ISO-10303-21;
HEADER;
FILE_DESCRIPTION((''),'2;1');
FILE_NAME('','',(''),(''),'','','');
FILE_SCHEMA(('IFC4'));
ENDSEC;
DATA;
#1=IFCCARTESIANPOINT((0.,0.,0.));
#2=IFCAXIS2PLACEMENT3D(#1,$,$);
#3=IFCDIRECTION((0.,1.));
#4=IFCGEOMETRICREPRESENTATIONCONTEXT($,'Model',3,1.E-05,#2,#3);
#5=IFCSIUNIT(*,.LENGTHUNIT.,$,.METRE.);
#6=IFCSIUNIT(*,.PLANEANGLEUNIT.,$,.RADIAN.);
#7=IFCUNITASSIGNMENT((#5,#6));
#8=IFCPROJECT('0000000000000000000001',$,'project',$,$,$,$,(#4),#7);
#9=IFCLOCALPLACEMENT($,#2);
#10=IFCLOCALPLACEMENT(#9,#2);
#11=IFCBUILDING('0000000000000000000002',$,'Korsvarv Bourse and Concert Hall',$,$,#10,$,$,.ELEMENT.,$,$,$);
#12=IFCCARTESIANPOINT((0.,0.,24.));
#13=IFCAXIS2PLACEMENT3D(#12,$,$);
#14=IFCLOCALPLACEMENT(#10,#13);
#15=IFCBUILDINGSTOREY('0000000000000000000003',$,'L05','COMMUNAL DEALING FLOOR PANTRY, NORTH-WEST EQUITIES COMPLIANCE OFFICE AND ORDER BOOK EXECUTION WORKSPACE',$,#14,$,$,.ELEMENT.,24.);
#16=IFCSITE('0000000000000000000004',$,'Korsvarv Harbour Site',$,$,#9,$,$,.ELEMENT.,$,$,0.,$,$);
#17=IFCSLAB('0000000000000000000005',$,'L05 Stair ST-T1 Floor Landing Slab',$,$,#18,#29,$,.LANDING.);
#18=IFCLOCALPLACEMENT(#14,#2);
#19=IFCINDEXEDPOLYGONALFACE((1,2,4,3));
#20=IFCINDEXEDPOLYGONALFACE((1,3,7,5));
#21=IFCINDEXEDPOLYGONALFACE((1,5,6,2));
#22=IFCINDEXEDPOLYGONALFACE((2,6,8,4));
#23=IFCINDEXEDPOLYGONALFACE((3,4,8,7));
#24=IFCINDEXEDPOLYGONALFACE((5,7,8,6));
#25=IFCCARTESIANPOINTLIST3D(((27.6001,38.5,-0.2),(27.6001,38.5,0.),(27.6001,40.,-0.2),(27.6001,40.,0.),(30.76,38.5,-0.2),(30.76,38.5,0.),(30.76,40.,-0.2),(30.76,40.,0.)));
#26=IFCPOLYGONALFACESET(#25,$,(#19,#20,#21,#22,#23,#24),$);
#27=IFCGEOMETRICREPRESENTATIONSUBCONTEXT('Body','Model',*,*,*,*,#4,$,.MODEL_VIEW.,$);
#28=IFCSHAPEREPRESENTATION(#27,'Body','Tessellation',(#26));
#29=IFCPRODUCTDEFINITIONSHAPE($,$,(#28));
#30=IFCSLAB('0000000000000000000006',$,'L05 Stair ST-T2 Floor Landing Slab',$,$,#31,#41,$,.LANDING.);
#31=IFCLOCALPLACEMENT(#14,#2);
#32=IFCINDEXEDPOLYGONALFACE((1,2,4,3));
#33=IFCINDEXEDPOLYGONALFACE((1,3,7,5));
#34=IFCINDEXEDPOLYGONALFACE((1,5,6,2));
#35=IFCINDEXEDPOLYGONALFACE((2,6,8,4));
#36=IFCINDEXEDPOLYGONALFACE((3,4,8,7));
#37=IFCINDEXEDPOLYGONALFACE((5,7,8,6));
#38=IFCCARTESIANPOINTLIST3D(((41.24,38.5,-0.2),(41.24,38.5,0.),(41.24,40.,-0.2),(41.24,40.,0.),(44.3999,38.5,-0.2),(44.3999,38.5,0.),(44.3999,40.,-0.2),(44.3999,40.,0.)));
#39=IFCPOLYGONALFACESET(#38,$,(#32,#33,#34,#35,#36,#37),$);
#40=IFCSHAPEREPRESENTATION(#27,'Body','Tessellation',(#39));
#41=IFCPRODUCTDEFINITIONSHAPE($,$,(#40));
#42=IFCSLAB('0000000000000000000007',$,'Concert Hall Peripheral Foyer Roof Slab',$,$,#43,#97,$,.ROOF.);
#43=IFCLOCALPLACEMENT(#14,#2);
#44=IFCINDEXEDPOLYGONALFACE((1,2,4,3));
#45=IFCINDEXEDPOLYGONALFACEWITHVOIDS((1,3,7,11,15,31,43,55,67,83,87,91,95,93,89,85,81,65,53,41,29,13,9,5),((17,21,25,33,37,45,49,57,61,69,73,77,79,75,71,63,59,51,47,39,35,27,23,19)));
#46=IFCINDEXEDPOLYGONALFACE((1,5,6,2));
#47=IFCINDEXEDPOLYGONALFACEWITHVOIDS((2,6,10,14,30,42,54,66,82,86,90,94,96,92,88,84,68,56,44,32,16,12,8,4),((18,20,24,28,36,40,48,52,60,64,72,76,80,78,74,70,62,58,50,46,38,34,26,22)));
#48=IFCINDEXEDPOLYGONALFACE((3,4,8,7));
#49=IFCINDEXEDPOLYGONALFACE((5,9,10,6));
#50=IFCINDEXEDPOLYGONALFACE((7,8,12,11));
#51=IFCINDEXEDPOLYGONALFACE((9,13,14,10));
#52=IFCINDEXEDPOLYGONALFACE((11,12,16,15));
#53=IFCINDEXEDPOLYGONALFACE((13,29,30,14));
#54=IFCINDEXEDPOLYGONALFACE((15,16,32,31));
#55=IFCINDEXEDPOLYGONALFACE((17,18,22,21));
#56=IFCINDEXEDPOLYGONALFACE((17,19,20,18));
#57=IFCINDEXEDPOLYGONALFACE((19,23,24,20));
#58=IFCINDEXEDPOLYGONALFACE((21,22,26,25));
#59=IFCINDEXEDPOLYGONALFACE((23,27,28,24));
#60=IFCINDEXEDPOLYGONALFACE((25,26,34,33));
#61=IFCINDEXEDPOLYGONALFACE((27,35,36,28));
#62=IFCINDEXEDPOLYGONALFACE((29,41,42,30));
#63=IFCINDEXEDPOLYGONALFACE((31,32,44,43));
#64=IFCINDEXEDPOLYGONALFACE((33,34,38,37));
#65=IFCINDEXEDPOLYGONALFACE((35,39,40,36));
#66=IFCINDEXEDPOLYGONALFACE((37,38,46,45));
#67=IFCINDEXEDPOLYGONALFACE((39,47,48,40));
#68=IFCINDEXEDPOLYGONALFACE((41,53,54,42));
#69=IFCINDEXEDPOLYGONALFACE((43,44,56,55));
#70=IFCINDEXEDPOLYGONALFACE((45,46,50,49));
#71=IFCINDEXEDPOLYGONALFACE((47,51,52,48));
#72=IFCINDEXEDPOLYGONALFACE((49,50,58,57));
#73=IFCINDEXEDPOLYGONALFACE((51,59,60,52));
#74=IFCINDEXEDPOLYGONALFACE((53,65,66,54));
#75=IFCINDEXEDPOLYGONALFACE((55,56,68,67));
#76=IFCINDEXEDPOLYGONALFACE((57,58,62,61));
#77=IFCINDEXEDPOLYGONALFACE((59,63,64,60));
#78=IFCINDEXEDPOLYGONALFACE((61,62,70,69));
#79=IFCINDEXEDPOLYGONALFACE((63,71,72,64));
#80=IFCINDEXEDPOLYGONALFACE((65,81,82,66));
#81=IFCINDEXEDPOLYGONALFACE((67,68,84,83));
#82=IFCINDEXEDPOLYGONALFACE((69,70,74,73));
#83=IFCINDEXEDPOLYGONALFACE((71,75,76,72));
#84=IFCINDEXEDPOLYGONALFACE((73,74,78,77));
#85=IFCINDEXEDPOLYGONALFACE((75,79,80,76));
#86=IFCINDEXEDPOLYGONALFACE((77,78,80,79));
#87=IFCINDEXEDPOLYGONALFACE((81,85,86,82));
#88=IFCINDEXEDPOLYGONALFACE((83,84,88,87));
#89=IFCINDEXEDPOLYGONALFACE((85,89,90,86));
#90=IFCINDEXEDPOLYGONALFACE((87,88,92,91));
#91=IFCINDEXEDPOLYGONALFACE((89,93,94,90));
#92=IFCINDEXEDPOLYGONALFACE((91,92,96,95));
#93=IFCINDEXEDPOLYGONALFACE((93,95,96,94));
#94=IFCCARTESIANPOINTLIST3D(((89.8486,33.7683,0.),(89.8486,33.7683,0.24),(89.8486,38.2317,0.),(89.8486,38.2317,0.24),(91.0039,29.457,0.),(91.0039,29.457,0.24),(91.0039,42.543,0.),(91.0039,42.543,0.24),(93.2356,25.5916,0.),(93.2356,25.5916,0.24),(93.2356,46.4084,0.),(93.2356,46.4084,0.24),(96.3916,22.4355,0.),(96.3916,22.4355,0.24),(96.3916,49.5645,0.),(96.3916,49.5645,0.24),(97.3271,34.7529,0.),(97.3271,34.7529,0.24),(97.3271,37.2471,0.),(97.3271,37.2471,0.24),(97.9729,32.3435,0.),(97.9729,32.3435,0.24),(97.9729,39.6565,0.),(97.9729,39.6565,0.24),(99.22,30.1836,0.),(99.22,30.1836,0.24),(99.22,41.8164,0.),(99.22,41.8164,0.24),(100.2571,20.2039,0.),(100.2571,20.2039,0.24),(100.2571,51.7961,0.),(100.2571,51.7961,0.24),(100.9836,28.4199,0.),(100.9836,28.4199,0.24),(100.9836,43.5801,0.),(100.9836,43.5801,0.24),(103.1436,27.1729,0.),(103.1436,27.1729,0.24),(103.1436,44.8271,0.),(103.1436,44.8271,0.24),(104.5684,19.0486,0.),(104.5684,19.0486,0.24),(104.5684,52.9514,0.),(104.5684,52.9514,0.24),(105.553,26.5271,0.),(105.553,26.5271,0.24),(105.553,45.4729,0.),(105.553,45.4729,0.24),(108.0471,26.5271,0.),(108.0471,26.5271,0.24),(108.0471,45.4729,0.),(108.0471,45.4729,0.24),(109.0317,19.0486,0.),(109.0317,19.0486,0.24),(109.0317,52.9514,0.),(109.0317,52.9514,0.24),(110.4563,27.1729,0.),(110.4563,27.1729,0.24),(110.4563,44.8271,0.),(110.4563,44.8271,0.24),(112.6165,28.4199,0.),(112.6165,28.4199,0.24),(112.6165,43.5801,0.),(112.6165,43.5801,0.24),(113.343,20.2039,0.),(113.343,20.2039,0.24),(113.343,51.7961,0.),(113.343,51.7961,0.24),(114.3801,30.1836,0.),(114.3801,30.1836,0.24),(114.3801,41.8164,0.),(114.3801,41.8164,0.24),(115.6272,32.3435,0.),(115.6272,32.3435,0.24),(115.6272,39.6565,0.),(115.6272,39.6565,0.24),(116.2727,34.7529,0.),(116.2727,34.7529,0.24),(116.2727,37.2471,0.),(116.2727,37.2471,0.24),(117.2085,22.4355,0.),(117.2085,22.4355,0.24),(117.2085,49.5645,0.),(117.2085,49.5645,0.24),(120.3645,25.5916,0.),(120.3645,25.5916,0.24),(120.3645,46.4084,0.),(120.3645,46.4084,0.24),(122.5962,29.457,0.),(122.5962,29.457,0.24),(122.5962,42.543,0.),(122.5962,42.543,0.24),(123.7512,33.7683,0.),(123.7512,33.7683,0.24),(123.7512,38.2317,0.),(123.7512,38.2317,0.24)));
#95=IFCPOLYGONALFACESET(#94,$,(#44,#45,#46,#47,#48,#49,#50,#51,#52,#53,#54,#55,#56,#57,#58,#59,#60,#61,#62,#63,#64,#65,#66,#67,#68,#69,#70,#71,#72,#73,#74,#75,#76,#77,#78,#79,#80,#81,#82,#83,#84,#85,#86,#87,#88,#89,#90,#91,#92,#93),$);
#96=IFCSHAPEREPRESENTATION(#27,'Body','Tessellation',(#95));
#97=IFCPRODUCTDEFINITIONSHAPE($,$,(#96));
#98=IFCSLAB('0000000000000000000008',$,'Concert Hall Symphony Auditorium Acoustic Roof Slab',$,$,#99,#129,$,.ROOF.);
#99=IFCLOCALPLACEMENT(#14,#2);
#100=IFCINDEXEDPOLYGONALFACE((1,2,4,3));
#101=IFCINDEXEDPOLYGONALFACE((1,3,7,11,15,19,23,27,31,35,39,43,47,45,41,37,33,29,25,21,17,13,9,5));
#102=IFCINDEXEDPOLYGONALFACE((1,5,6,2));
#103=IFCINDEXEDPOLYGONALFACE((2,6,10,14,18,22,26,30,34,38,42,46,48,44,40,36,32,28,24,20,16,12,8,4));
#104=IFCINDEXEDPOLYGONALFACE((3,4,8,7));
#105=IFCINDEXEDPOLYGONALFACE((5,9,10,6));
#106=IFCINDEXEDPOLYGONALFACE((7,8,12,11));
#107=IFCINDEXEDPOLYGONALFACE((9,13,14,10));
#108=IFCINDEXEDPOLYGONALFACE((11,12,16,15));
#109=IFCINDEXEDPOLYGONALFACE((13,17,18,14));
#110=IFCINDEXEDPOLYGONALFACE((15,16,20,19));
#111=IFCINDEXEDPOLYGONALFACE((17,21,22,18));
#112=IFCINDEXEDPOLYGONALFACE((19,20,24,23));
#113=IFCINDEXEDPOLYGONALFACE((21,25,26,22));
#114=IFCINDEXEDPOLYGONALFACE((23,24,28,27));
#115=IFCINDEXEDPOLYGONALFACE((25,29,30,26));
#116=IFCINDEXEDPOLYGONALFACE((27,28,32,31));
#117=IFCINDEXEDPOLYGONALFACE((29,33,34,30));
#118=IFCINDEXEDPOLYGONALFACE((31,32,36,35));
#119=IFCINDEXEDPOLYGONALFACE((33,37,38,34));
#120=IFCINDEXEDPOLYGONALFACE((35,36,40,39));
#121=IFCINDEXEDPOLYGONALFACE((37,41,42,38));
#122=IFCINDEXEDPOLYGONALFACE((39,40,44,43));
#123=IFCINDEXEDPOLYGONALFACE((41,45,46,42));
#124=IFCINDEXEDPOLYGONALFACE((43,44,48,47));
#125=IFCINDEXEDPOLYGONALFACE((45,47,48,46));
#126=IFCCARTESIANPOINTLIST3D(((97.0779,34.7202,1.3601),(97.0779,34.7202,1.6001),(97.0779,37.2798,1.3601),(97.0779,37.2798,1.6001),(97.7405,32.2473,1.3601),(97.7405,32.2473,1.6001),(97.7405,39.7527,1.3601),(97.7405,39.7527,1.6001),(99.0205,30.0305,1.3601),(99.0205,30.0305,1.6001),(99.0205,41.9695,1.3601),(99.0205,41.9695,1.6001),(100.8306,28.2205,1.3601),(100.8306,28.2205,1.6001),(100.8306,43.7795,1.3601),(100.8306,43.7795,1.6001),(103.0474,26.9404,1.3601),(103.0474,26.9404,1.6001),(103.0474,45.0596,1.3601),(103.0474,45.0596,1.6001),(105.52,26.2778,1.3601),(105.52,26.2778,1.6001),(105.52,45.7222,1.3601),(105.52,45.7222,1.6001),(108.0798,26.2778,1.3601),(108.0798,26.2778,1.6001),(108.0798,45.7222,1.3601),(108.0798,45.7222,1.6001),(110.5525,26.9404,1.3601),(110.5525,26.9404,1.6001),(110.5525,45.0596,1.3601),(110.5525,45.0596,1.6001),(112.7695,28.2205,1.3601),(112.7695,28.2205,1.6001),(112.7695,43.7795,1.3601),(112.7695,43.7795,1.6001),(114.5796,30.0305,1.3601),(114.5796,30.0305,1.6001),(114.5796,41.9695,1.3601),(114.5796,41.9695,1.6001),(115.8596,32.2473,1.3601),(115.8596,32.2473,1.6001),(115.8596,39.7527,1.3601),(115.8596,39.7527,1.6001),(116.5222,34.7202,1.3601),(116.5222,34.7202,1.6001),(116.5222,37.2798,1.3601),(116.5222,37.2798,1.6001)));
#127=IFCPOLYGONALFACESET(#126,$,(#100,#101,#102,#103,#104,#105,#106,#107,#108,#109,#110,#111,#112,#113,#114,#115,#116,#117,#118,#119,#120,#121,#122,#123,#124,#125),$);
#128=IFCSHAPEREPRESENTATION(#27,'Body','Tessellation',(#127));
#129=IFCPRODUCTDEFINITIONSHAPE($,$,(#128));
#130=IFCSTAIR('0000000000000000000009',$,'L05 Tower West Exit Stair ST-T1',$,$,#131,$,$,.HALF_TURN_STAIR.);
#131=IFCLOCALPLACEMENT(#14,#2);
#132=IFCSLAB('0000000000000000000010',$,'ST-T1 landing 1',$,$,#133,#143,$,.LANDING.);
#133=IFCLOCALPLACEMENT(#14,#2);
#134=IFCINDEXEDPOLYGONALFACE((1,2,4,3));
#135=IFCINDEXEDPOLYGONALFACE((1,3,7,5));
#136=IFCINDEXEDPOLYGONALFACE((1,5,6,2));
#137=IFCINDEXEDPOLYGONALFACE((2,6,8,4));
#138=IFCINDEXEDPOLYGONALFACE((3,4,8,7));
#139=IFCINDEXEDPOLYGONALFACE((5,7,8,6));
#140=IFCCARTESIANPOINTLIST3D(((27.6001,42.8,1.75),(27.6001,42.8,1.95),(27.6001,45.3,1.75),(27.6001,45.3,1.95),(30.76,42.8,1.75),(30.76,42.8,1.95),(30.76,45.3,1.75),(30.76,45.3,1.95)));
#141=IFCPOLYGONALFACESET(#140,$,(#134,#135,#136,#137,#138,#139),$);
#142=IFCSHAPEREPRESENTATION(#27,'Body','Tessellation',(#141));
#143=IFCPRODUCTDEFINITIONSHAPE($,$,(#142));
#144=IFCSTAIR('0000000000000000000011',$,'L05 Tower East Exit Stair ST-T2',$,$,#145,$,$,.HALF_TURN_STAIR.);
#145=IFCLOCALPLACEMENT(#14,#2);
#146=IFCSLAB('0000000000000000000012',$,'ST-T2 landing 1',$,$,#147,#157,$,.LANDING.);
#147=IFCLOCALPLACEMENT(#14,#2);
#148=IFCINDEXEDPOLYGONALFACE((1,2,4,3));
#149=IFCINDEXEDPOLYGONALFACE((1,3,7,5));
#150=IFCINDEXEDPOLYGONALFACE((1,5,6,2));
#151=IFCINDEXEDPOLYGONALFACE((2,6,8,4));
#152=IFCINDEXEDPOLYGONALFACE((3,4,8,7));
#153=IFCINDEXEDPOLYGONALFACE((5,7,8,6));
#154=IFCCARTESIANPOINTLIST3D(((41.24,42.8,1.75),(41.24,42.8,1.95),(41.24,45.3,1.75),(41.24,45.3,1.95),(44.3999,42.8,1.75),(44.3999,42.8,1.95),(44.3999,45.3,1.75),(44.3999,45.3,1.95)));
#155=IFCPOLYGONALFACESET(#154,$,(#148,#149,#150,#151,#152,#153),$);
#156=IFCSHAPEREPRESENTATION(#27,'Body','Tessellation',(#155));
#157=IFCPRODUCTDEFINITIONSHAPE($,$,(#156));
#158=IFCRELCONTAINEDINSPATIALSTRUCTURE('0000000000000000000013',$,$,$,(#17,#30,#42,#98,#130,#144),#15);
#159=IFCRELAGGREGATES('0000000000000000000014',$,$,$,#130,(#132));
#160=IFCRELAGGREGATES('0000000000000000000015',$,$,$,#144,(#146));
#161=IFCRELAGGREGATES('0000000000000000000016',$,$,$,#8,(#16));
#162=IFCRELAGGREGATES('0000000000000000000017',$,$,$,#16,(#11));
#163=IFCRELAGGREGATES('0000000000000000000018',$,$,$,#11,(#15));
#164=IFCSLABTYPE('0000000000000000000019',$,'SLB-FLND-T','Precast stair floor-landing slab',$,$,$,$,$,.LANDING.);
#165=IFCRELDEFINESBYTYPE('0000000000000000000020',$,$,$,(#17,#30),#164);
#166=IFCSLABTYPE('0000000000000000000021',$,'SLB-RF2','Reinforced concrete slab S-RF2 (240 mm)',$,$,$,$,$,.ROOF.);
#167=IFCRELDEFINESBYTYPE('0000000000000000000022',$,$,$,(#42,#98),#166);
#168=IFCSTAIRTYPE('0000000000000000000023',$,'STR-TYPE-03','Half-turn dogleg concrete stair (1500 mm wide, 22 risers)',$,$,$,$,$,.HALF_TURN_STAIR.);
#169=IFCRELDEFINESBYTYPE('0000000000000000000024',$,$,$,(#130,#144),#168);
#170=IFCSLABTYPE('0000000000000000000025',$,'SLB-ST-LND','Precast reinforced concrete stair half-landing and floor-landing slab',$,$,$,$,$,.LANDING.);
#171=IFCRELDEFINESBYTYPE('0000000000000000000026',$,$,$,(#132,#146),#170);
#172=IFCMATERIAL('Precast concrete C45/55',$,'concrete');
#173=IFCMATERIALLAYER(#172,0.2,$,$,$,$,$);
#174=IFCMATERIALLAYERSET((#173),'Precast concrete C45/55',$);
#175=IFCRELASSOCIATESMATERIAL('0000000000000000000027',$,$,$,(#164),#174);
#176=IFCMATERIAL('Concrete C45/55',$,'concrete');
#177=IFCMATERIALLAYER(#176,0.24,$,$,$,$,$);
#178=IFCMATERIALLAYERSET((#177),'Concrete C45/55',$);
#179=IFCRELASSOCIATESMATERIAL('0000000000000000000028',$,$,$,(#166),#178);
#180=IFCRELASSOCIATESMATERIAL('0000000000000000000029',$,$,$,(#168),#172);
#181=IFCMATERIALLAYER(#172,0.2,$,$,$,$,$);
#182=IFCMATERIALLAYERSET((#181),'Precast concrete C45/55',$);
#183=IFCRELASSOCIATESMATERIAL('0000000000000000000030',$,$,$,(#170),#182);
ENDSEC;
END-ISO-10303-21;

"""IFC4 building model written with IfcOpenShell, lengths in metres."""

from ifc_helpers import new_model, si_unit, direction, frame, origin, place, context, subcontext, project, spatial, polyline, outline, extrude, material, layer, layer_set, type_object, element, aggregate, save


model = new_model("IFC4")

# Units and contexts
model_context = context("Model", 3, precision=1e-05, world=origin(), true_north=direction((0.0, 1.0)))
body_context = subcontext(model_context, "Body", "Model", "MODEL_VIEW")
ifc_project = project(units=[si_unit("LENGTHUNIT", "METRE"), si_unit("PLANEANGLEUNIT", "RADIAN")], contexts=[model_context])

# Site, building, storey
site_placement = place(None, origin())
site = spatial("IfcSite", under=ifc_project, at=site_placement, Name="Korsvarv Harbour Site", CompositionType="ELEMENT", RefElevation=0.0)
building_placement = place(site_placement, origin())
building = spatial("IfcBuilding", under=site, at=building_placement, Name="Korsvarv Bourse and Concert Hall", CompositionType="ELEMENT")
storey_placement = place(building_placement, frame((0.0, 0.0, 24.0)))
storey = spatial("IfcBuildingStorey", under=building, at=storey_placement, Name="L05", Description="COMMUNAL DEALING FLOOR PANTRY, NORTH-WEST EQUITIES COMPLIANCE OFFICE AND ORDER BOOK EXECUTION WORKSPACE", CompositionType="ELEMENT", Elevation=24.0)

# Slabs
ifc_material_1 = material(Name="Precast concrete C45/55", Category="concrete")
ifc_layer_1 = layer(ifc_material_1, 0.2)
ifc_layer_set_1 = layer_set([ifc_layer_1], Name="Precast concrete C45/55")
slab_type_1 = type_object("IfcSlabType", Name="SLB-FLND-T", Description="Precast stair floor-landing slab", PredefinedType="LANDING", material=ifc_layer_set_1)
slab_1_placement = place(storey_placement, frame((0.0, 0.0, -0.2)))
element("IfcSlab", 1, at=slab_1_placement, inside=storey, type_object=slab_type_1, Name="L05 Stair ST-T1 Floor Landing Slab", PredefinedType="LANDING", context=body_context, shape_type="SweptSolid", body=[
    extrude(outline(polyline([(30.76, 38.5), (30.76, 40.0), (27.6001, 40.0), (27.6001, 38.5), (30.76, 38.5)])), origin(), (0.0, 0.0, 1.0), 0.2),
])
slab_2_placement = place(storey_placement, frame((0.0, 0.0, -0.2)))
element("IfcSlab", 2, at=slab_2_placement, inside=storey, type_object=slab_type_1, Name="L05 Stair ST-T2 Floor Landing Slab", PredefinedType="LANDING", context=body_context, shape_type="SweptSolid", body=[
    extrude(outline(polyline([(44.3999, 38.5), (44.3999, 40.0), (41.24, 40.0), (41.24, 38.5), (44.3999, 38.5)])), origin(), (0.0, 0.0, 1.0), 0.2),
])
ifc_material_2 = material(Name="Concrete C45/55", Category="concrete")
ifc_layer_2 = layer(ifc_material_2, 0.24)
ifc_layer_set_2 = layer_set([ifc_layer_2], Name="Concrete C45/55")
slab_type_2 = type_object("IfcSlabType", Name="SLB-RF2", Description="Reinforced concrete slab S-RF2 (240 mm)", PredefinedType="ROOF", material=ifc_layer_set_2)
slab_3_placement = place(storey_placement, origin())
element("IfcSlab", 3, at=slab_3_placement, inside=storey, type_object=slab_type_2, Name="Concert Hall Peripheral Foyer Roof Slab", PredefinedType="ROOF", context=body_context, shape_type="SweptSolid", body=[
    extrude(outline(polyline([(123.7512, 38.2317), (122.5962, 42.543), (120.3645, 46.4084), (117.2085, 49.5645), (113.343, 51.7961), (109.0317, 52.9514), (104.5684, 52.9514), (100.2571, 51.7961), (96.3916, 49.5645), (93.2356, 46.4084), (91.0039, 42.543), (89.8486, 38.2317), (89.8486, 33.7683), (91.0039, 29.457), (93.2356, 25.5916), (96.3916, 22.4355), (100.2571, 20.2039), (104.5684, 19.0486), (109.0317, 19.0486), (113.343, 20.2039), (117.2085, 22.4355), (120.3645, 25.5916), (122.5962, 29.457), (123.7512, 33.7683), (123.7512, 38.2317)]), holes=[polyline([(116.2727, 37.2471), (115.6272, 39.6565), (114.3801, 41.8164), (112.6165, 43.5801), (110.4563, 44.8271), (108.0471, 45.4729), (105.553, 45.4729), (103.1436, 44.8271), (100.9836, 43.5801), (99.22, 41.8164), (97.9729, 39.6565), (97.3271, 37.2471), (97.3271, 34.7529), (97.9729, 32.3435), (99.22, 30.1836), (100.9836, 28.4199), (103.1436, 27.1729), (105.553, 26.5271), (108.0471, 26.5271), (110.4563, 27.1729), (112.6165, 28.4199), (114.3801, 30.1836), (115.6272, 32.3435), (116.2727, 34.7529), (116.2727, 37.2471)])]), origin(), (0.0, 0.0, 1.0), 0.24),
])
slab_4_placement = place(storey_placement, frame((0.0, 0.0, 1.3601)))
element("IfcSlab", 4, at=slab_4_placement, inside=storey, type_object=slab_type_2, Name="Concert Hall Symphony Auditorium Acoustic Roof Slab", PredefinedType="ROOF", context=body_context, shape_type="SweptSolid", body=[
    extrude(outline(polyline([(116.5222, 37.2798), (115.8596, 39.7527), (114.5796, 41.9695), (112.7695, 43.7795), (110.5525, 45.0596), (108.0798, 45.7222), (105.52, 45.7222), (103.0474, 45.0596), (100.8306, 43.7795), (99.0205, 41.9695), (97.7405, 39.7527), (97.0779, 37.2798), (97.0779, 34.7202), (97.7405, 32.2473), (99.0205, 30.0305), (100.8306, 28.2205), (103.0474, 26.9404), (105.52, 26.2778), (108.0798, 26.2778), (110.5525, 26.9404), (112.7695, 28.2205), (114.5796, 30.0305), (115.8596, 32.2473), (116.5222, 34.7202), (116.5222, 37.2798)])), origin(), (0.0, 0.0, 1.0), 0.24),
])

# Stairs, slabs
stair_type = type_object("IfcStairType", Name="STR-TYPE-03", Description="Half-turn dogleg concrete stair (1500 mm wide, 22 risers)", PredefinedType="HALF_TURN_STAIR", material=ifc_material_1)
stair_1_placement = place(storey_placement, origin())
stair_1 = element("IfcStair", 5, at=stair_1_placement, inside=storey, type_object=stair_type, Name="L05 Tower West Exit Stair ST-T1", PredefinedType="HALF_TURN_STAIR")
ifc_layer_3 = layer(ifc_material_1, 0.2)
ifc_layer_set_3 = layer_set([ifc_layer_3], Name="Precast concrete C45/55")
slab_type_3 = type_object("IfcSlabType", Name="SLB-ST-LND", Description="Precast reinforced concrete stair half-landing and floor-landing slab", PredefinedType="LANDING", material=ifc_layer_set_3)
slab_5_placement = place(storey_placement, frame((0.0, 0.0, 1.75)))
slab_5 = element("IfcSlab", 6, at=slab_5_placement, type_object=slab_type_3, Name="ST-T1 landing 1", PredefinedType="LANDING", context=body_context, shape_type="SweptSolid", body=[
    extrude(outline(polyline([(30.76, 42.8), (30.76, 45.3), (27.6001, 45.3), (27.6001, 42.8), (30.76, 42.8)])), origin(), (0.0, 0.0, 1.0), 0.2),
])
aggregate(stair_1, [slab_5])
stair_2_placement = place(storey_placement, origin())
stair_2 = element("IfcStair", 7, at=stair_2_placement, inside=storey, type_object=stair_type, Name="L05 Tower East Exit Stair ST-T2", PredefinedType="HALF_TURN_STAIR")
slab_6_placement = place(storey_placement, frame((0.0, 0.0, 1.75)))
slab_6 = element("IfcSlab", 8, at=slab_6_placement, type_object=slab_type_3, Name="ST-T2 landing 1", PredefinedType="LANDING", context=body_context, shape_type="SweptSolid", body=[
    extrude(outline(polyline([(44.3999, 42.8), (44.3999, 45.3), (41.24, 45.3), (41.24, 42.8), (44.3999, 42.8)])), origin(), (0.0, 0.0, 1.0), 0.2),
])
aggregate(stair_2, [slab_6])

save(model, "model.ifc")
